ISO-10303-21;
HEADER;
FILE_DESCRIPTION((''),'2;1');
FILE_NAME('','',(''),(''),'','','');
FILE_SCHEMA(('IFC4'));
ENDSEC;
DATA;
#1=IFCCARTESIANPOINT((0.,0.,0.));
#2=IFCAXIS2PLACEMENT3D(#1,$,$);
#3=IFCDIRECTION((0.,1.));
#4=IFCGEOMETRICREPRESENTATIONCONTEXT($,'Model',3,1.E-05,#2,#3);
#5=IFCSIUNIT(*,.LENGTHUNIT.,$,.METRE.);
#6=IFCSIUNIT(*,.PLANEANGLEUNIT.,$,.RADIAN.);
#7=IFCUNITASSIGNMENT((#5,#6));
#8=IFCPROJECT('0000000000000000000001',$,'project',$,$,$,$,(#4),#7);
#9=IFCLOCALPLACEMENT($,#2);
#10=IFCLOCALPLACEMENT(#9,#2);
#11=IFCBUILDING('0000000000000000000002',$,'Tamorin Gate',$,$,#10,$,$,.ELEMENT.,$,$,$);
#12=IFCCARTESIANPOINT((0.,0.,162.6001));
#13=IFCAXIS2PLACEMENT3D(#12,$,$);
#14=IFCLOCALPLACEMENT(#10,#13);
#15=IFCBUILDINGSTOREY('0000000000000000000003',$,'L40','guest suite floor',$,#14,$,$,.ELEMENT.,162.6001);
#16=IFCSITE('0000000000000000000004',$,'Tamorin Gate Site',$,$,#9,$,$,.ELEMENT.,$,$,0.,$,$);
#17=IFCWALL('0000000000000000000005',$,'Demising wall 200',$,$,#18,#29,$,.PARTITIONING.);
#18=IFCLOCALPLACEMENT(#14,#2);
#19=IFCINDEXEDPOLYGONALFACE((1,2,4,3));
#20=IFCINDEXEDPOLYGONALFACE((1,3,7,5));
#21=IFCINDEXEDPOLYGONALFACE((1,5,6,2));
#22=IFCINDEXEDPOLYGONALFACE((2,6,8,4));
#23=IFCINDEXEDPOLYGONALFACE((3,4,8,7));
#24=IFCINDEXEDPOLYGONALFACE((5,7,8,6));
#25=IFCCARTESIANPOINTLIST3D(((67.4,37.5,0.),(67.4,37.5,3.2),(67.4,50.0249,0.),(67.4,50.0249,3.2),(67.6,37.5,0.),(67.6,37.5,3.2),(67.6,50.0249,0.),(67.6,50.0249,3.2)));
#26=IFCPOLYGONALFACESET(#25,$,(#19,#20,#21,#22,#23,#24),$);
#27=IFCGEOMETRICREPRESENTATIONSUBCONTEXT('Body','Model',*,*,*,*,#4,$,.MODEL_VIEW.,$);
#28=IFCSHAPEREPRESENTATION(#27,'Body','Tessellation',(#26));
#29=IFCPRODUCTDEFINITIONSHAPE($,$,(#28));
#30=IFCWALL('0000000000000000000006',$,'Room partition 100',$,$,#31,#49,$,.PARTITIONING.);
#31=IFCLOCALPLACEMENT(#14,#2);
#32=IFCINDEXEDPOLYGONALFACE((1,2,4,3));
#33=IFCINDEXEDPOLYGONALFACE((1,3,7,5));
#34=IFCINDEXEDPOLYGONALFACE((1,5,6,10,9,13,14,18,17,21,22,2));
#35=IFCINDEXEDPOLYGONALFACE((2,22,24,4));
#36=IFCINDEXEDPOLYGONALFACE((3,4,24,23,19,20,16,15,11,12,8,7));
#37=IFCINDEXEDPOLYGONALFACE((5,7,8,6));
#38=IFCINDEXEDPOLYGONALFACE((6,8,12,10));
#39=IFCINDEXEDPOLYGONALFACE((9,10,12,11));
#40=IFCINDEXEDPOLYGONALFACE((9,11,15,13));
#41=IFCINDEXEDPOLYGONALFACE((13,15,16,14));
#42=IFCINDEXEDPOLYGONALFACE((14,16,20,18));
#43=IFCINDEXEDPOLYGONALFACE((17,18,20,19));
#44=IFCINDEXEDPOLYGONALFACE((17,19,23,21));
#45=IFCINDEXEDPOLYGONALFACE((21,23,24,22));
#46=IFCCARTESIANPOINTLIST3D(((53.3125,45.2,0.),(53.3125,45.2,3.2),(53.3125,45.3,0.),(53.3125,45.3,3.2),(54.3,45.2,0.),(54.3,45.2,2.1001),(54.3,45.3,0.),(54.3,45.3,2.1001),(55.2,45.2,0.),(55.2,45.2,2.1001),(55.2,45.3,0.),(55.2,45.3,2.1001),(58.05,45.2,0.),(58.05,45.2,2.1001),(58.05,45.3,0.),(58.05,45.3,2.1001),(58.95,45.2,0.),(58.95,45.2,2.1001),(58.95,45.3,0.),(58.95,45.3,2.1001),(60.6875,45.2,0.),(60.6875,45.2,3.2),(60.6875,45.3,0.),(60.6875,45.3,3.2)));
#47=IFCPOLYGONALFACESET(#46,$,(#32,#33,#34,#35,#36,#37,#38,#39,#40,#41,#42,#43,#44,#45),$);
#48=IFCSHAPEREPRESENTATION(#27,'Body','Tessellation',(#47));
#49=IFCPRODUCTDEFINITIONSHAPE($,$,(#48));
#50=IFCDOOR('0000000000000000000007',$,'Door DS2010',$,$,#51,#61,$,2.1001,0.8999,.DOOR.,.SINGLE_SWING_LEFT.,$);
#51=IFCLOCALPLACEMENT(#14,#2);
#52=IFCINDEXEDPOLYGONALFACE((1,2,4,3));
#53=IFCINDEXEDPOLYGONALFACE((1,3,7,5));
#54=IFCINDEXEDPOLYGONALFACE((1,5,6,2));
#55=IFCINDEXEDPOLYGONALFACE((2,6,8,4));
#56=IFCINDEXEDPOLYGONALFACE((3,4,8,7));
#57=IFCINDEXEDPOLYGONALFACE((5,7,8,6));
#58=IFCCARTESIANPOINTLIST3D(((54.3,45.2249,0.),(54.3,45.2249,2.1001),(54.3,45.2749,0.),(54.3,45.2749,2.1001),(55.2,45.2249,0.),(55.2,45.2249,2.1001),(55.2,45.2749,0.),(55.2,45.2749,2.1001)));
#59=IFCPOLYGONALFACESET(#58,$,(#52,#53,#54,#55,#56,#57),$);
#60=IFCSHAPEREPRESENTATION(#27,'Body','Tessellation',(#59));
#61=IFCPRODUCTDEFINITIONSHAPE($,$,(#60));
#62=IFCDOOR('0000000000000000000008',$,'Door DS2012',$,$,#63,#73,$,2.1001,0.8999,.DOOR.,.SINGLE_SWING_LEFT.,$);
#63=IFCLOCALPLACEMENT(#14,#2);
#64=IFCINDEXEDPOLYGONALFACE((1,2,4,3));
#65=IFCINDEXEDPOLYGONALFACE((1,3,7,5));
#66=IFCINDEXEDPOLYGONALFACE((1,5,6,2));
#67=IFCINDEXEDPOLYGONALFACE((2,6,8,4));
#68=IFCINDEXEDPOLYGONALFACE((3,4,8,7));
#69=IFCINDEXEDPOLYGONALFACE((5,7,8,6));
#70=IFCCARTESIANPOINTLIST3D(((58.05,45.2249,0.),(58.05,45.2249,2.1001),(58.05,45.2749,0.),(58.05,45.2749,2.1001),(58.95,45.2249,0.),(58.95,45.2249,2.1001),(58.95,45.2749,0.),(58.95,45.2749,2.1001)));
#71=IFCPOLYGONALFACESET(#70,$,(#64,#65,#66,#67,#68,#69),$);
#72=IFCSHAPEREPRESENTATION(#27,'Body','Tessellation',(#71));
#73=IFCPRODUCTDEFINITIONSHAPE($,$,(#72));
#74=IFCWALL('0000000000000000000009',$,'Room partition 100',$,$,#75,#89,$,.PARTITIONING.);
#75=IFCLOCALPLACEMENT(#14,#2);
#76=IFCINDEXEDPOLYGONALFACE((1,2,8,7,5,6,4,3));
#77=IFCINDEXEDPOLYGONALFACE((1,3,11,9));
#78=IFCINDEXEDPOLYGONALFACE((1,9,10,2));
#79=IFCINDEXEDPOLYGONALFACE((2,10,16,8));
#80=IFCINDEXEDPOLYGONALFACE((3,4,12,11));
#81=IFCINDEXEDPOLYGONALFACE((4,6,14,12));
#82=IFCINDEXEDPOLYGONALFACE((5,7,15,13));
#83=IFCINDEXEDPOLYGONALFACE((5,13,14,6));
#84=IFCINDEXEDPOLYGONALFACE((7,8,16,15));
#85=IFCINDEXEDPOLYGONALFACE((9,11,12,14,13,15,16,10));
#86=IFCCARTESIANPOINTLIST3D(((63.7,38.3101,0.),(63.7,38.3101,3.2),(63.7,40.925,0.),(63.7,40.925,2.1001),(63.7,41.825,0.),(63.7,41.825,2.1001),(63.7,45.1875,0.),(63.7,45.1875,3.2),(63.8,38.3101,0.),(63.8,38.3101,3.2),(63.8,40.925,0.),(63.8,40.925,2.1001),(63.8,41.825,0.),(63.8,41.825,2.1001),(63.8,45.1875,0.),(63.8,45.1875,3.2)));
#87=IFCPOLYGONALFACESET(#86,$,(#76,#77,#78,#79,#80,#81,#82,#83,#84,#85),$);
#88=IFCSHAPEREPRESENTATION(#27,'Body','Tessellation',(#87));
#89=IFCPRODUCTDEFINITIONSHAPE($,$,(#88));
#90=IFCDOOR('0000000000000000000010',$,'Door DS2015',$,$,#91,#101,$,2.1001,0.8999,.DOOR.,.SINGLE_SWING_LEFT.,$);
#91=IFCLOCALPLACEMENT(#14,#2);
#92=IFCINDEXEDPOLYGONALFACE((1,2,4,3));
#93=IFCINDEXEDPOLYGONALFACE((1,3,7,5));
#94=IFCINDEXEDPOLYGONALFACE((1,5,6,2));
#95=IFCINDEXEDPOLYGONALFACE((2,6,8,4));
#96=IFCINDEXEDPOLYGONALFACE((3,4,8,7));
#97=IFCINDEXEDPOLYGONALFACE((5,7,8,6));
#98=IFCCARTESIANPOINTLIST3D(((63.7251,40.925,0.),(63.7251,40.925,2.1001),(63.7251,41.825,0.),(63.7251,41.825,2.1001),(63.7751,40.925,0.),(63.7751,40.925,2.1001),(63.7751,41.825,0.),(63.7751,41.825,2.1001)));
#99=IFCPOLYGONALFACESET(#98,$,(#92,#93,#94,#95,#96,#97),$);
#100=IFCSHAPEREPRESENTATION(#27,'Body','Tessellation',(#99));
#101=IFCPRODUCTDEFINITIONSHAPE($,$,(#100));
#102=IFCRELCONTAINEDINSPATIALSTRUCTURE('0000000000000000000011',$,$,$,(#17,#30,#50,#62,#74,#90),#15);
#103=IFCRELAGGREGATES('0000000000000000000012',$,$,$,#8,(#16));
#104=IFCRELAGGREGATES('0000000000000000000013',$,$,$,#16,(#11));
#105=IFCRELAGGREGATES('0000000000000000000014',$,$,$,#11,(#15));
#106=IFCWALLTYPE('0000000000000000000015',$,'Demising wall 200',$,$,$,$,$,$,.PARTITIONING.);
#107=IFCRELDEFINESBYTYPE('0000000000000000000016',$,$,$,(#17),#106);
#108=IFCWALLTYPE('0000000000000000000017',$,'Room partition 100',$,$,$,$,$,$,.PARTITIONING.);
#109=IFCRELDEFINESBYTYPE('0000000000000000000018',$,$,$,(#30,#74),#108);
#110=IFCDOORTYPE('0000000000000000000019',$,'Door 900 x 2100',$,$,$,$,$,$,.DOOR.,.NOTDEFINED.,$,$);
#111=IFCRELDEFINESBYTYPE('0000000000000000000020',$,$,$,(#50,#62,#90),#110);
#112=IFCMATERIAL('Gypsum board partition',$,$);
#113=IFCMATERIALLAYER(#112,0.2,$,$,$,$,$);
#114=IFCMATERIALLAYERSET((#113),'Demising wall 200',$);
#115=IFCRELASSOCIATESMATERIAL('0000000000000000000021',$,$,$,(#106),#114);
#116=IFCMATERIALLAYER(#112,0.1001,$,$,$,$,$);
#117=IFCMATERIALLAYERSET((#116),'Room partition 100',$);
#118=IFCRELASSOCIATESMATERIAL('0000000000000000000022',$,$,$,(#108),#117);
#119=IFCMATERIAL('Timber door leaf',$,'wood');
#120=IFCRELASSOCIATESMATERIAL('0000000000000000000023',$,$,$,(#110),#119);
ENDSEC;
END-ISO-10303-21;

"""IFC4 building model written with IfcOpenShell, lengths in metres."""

from ifc_helpers import new_model, si_unit, direction, frame, frame_2d, origin, place, context, subcontext, project, spatial, rectangle, extrude, material, layer, layer_set, type_object, element, fill, save


model = new_model("IFC4")

# Units and contexts
model_context = context("Model", 3, precision=1e-05, world=origin(), true_north=direction((0.0, 1.0)))
body_context = subcontext(model_context, "Body", "Model", "MODEL_VIEW")
ifc_project = project(units=[si_unit("LENGTHUNIT", "METRE"), si_unit("PLANEANGLEUNIT", "RADIAN")], contexts=[model_context])

# Site, building, storey
site_placement = place(None, origin())
site = spatial("IfcSite", under=ifc_project, at=site_placement, Name="Tamorin Gate Site", CompositionType="ELEMENT", RefElevation=0.0)
building_placement = place(site_placement, origin())
building = spatial("IfcBuilding", under=site, at=building_placement, Name="Tamorin Gate", CompositionType="ELEMENT")
storey_placement = place(building_placement, frame((0.0, 0.0, 162.6001)))
storey = spatial("IfcBuildingStorey", under=building, at=storey_placement, Name="L40", Description="guest suite floor", CompositionType="ELEMENT", Elevation=162.6001)

# Wall
ifc_material_1 = material(Name="Gypsum board partition")
ifc_layer_1 = layer(ifc_material_1, 0.2)
ifc_layer_set_1 = layer_set([ifc_layer_1], Name="Demising wall 200")
wall_type_1 = type_object("IfcWallType", Name="Demising wall 200", PredefinedType="PARTITIONING", material=ifc_layer_set_1)
wall_1_placement = place(storey_placement, frame((67.5, 37.5, 0.0), z_axis=(0.0, 0.0, 1.0), x_axis=(0.0, 1.0, 0.0)))
element("IfcWall", 1, at=wall_1_placement, inside=storey, type_object=wall_type_1, Name="Demising wall 200", PredefinedType="PARTITIONING", context=body_context, shape_type="SweptSolid", body=[
    extrude(rectangle(XDim=12.5249, YDim=0.2, at=frame_2d((6.2625, 0.0))), origin(), (0.0, 0.0, 1.0), 3.2),
])

# Wall, openings, doors
ifc_layer_2 = layer(ifc_material_1, 0.1001)
ifc_layer_set_2 = layer_set([ifc_layer_2], Name="Room partition 100")
wall_type_2 = type_object("IfcWallType", Name="Room partition 100", PredefinedType="PARTITIONING", material=ifc_layer_set_2)
wall_2_placement = place(storey_placement, frame((53.3125, 45.25, 0.0), z_axis=(0.0, 0.0, 1.0), x_axis=(1.0, 0.0, 0.0)))
wall_2 = element("IfcWall", 2, at=wall_2_placement, inside=storey, type_object=wall_type_2, Name="Room partition 100", PredefinedType="PARTITIONING", context=body_context, shape_type="SweptSolid", body=[
    extrude(rectangle(XDim=7.375, YDim=0.1001, at=frame_2d((3.6875, 0.0))), origin(), (0.0, 0.0, 1.0), 3.2),
])
opening_1_placement = place(wall_2_placement, frame((0.9875, 0.0, 0.0)))
opening_1 = element("IfcOpeningElement", 3, at=opening_1_placement, cuts=wall_2, PredefinedType="OPENING", context=body_context, shape_type="SweptSolid", body=[
    extrude(rectangle(XDim=0.8999, YDim=2.1001, at=frame_2d((0.45, 1.05))), frame((0.0, 0.0601, 0.0), z_axis=(0.0, -1.0, 0.0), x_axis=(1.0, 0.0, 0.0)), (0.0, 0.0, 1.0), 0.1201),
])
opening_2_placement = place(wall_2_placement, frame((4.7375, 0.0, 0.0)))
opening_2 = element("IfcOpeningElement", 4, at=opening_2_placement, cuts=wall_2, PredefinedType="OPENING", context=body_context, shape_type="SweptSolid", body=[
    extrude(rectangle(XDim=0.8999, YDim=2.1001, at=frame_2d((0.45, 1.05))), frame((0.0, 0.0601, 0.0), z_axis=(0.0, -1.0, 0.0), x_axis=(1.0, 0.0, 0.0)), (0.0, 0.0, 1.0), 0.1201),
])
ifc_material_2 = material(Name="Timber door leaf", Category="wood")
door_type = type_object("IfcDoorType", Name="Door 900 x 2100", OperationType="NOTDEFINED", PredefinedType="DOOR", material=ifc_material_2)
door_1_placement = place(opening_1_placement, origin())
door_1 = element("IfcDoor", 5, at=door_1_placement, inside=storey, type_object=door_type, Name="Door DS2010", OperationType="SINGLE_SWING_LEFT", OverallHeight=2.1001, OverallWidth=0.8999, PredefinedType="DOOR", context=body_context, shape_type="SweptSolid", body=[
    extrude(rectangle(XDim=0.8999, YDim=2.1001, at=frame_2d((0.45, 1.05))), frame((0.0, 0.0249, 0.0), z_axis=(0.0, -1.0, 0.0), x_axis=(1.0, 0.0, 0.0)), (0.0, 0.0, 1.0), 0.05),
])
fill(opening_1, door_1)
door_2_placement = place(opening_2_placement, origin())
door_2 = element("IfcDoor", 6, at=door_2_placement, inside=storey, type_object=door_type, Name="Door DS2012", OperationType="SINGLE_SWING_LEFT", OverallHeight=2.1001, OverallWidth=0.8999, PredefinedType="DOOR", context=body_context, shape_type="SweptSolid", body=[
    extrude(rectangle(XDim=0.8999, YDim=2.1001, at=frame_2d((0.45, 1.05))), frame((0.0, 0.0249, 0.0), z_axis=(0.0, -1.0, 0.0), x_axis=(1.0, 0.0, 0.0)), (0.0, 0.0, 1.0), 0.05),
])
fill(opening_2, door_2)

# Wall, opening, door
wall_3_placement = place(storey_placement, frame((63.75, 38.3101, 0.0), z_axis=(0.0, 0.0, 1.0), x_axis=(0.0, 1.0, 0.0)))
wall_3 = element("IfcWall", 7, at=wall_3_placement, inside=storey, type_object=wall_type_2, Name="Room partition 100", PredefinedType="PARTITIONING", context=body_context, shape_type="SweptSolid", body=[
    extrude(rectangle(XDim=6.8774, YDim=0.1001, at=frame_2d((3.4387, 0.0))), origin(), (0.0, 0.0, 1.0), 3.2),
])
opening_3_placement = place(wall_3_placement, frame((2.615, 0.0, 0.0)))
opening_3 = element("IfcOpeningElement", 8, at=opening_3_placement, cuts=wall_3, PredefinedType="OPENING", context=body_context, shape_type="SweptSolid", body=[
    extrude(rectangle(XDim=0.8999, YDim=2.1001, at=frame_2d((0.45, 1.05))), frame((0.0, 0.0601, 0.0), z_axis=(0.0, -1.0, 0.0), x_axis=(1.0, 0.0, 0.0)), (0.0, 0.0, 1.0), 0.1201),
])
door_3_placement = place(opening_3_placement, origin())
door_3 = element("IfcDoor", 9, at=door_3_placement, inside=storey, type_object=door_type, Name="Door DS2015", OperationType="SINGLE_SWING_LEFT", OverallHeight=2.1001, OverallWidth=0.8999, PredefinedType="DOOR", context=body_context, shape_type="SweptSolid", body=[
    extrude(rectangle(XDim=0.8999, YDim=2.1001, at=frame_2d((0.45, 1.05))), frame((0.0, 0.0249, 0.0), z_axis=(0.0, -1.0, 0.0), x_axis=(1.0, 0.0, 0.0)), (0.0, 0.0, 1.0), 0.05),
])
fill(opening_3, door_3)

save(model, "model.ifc")
